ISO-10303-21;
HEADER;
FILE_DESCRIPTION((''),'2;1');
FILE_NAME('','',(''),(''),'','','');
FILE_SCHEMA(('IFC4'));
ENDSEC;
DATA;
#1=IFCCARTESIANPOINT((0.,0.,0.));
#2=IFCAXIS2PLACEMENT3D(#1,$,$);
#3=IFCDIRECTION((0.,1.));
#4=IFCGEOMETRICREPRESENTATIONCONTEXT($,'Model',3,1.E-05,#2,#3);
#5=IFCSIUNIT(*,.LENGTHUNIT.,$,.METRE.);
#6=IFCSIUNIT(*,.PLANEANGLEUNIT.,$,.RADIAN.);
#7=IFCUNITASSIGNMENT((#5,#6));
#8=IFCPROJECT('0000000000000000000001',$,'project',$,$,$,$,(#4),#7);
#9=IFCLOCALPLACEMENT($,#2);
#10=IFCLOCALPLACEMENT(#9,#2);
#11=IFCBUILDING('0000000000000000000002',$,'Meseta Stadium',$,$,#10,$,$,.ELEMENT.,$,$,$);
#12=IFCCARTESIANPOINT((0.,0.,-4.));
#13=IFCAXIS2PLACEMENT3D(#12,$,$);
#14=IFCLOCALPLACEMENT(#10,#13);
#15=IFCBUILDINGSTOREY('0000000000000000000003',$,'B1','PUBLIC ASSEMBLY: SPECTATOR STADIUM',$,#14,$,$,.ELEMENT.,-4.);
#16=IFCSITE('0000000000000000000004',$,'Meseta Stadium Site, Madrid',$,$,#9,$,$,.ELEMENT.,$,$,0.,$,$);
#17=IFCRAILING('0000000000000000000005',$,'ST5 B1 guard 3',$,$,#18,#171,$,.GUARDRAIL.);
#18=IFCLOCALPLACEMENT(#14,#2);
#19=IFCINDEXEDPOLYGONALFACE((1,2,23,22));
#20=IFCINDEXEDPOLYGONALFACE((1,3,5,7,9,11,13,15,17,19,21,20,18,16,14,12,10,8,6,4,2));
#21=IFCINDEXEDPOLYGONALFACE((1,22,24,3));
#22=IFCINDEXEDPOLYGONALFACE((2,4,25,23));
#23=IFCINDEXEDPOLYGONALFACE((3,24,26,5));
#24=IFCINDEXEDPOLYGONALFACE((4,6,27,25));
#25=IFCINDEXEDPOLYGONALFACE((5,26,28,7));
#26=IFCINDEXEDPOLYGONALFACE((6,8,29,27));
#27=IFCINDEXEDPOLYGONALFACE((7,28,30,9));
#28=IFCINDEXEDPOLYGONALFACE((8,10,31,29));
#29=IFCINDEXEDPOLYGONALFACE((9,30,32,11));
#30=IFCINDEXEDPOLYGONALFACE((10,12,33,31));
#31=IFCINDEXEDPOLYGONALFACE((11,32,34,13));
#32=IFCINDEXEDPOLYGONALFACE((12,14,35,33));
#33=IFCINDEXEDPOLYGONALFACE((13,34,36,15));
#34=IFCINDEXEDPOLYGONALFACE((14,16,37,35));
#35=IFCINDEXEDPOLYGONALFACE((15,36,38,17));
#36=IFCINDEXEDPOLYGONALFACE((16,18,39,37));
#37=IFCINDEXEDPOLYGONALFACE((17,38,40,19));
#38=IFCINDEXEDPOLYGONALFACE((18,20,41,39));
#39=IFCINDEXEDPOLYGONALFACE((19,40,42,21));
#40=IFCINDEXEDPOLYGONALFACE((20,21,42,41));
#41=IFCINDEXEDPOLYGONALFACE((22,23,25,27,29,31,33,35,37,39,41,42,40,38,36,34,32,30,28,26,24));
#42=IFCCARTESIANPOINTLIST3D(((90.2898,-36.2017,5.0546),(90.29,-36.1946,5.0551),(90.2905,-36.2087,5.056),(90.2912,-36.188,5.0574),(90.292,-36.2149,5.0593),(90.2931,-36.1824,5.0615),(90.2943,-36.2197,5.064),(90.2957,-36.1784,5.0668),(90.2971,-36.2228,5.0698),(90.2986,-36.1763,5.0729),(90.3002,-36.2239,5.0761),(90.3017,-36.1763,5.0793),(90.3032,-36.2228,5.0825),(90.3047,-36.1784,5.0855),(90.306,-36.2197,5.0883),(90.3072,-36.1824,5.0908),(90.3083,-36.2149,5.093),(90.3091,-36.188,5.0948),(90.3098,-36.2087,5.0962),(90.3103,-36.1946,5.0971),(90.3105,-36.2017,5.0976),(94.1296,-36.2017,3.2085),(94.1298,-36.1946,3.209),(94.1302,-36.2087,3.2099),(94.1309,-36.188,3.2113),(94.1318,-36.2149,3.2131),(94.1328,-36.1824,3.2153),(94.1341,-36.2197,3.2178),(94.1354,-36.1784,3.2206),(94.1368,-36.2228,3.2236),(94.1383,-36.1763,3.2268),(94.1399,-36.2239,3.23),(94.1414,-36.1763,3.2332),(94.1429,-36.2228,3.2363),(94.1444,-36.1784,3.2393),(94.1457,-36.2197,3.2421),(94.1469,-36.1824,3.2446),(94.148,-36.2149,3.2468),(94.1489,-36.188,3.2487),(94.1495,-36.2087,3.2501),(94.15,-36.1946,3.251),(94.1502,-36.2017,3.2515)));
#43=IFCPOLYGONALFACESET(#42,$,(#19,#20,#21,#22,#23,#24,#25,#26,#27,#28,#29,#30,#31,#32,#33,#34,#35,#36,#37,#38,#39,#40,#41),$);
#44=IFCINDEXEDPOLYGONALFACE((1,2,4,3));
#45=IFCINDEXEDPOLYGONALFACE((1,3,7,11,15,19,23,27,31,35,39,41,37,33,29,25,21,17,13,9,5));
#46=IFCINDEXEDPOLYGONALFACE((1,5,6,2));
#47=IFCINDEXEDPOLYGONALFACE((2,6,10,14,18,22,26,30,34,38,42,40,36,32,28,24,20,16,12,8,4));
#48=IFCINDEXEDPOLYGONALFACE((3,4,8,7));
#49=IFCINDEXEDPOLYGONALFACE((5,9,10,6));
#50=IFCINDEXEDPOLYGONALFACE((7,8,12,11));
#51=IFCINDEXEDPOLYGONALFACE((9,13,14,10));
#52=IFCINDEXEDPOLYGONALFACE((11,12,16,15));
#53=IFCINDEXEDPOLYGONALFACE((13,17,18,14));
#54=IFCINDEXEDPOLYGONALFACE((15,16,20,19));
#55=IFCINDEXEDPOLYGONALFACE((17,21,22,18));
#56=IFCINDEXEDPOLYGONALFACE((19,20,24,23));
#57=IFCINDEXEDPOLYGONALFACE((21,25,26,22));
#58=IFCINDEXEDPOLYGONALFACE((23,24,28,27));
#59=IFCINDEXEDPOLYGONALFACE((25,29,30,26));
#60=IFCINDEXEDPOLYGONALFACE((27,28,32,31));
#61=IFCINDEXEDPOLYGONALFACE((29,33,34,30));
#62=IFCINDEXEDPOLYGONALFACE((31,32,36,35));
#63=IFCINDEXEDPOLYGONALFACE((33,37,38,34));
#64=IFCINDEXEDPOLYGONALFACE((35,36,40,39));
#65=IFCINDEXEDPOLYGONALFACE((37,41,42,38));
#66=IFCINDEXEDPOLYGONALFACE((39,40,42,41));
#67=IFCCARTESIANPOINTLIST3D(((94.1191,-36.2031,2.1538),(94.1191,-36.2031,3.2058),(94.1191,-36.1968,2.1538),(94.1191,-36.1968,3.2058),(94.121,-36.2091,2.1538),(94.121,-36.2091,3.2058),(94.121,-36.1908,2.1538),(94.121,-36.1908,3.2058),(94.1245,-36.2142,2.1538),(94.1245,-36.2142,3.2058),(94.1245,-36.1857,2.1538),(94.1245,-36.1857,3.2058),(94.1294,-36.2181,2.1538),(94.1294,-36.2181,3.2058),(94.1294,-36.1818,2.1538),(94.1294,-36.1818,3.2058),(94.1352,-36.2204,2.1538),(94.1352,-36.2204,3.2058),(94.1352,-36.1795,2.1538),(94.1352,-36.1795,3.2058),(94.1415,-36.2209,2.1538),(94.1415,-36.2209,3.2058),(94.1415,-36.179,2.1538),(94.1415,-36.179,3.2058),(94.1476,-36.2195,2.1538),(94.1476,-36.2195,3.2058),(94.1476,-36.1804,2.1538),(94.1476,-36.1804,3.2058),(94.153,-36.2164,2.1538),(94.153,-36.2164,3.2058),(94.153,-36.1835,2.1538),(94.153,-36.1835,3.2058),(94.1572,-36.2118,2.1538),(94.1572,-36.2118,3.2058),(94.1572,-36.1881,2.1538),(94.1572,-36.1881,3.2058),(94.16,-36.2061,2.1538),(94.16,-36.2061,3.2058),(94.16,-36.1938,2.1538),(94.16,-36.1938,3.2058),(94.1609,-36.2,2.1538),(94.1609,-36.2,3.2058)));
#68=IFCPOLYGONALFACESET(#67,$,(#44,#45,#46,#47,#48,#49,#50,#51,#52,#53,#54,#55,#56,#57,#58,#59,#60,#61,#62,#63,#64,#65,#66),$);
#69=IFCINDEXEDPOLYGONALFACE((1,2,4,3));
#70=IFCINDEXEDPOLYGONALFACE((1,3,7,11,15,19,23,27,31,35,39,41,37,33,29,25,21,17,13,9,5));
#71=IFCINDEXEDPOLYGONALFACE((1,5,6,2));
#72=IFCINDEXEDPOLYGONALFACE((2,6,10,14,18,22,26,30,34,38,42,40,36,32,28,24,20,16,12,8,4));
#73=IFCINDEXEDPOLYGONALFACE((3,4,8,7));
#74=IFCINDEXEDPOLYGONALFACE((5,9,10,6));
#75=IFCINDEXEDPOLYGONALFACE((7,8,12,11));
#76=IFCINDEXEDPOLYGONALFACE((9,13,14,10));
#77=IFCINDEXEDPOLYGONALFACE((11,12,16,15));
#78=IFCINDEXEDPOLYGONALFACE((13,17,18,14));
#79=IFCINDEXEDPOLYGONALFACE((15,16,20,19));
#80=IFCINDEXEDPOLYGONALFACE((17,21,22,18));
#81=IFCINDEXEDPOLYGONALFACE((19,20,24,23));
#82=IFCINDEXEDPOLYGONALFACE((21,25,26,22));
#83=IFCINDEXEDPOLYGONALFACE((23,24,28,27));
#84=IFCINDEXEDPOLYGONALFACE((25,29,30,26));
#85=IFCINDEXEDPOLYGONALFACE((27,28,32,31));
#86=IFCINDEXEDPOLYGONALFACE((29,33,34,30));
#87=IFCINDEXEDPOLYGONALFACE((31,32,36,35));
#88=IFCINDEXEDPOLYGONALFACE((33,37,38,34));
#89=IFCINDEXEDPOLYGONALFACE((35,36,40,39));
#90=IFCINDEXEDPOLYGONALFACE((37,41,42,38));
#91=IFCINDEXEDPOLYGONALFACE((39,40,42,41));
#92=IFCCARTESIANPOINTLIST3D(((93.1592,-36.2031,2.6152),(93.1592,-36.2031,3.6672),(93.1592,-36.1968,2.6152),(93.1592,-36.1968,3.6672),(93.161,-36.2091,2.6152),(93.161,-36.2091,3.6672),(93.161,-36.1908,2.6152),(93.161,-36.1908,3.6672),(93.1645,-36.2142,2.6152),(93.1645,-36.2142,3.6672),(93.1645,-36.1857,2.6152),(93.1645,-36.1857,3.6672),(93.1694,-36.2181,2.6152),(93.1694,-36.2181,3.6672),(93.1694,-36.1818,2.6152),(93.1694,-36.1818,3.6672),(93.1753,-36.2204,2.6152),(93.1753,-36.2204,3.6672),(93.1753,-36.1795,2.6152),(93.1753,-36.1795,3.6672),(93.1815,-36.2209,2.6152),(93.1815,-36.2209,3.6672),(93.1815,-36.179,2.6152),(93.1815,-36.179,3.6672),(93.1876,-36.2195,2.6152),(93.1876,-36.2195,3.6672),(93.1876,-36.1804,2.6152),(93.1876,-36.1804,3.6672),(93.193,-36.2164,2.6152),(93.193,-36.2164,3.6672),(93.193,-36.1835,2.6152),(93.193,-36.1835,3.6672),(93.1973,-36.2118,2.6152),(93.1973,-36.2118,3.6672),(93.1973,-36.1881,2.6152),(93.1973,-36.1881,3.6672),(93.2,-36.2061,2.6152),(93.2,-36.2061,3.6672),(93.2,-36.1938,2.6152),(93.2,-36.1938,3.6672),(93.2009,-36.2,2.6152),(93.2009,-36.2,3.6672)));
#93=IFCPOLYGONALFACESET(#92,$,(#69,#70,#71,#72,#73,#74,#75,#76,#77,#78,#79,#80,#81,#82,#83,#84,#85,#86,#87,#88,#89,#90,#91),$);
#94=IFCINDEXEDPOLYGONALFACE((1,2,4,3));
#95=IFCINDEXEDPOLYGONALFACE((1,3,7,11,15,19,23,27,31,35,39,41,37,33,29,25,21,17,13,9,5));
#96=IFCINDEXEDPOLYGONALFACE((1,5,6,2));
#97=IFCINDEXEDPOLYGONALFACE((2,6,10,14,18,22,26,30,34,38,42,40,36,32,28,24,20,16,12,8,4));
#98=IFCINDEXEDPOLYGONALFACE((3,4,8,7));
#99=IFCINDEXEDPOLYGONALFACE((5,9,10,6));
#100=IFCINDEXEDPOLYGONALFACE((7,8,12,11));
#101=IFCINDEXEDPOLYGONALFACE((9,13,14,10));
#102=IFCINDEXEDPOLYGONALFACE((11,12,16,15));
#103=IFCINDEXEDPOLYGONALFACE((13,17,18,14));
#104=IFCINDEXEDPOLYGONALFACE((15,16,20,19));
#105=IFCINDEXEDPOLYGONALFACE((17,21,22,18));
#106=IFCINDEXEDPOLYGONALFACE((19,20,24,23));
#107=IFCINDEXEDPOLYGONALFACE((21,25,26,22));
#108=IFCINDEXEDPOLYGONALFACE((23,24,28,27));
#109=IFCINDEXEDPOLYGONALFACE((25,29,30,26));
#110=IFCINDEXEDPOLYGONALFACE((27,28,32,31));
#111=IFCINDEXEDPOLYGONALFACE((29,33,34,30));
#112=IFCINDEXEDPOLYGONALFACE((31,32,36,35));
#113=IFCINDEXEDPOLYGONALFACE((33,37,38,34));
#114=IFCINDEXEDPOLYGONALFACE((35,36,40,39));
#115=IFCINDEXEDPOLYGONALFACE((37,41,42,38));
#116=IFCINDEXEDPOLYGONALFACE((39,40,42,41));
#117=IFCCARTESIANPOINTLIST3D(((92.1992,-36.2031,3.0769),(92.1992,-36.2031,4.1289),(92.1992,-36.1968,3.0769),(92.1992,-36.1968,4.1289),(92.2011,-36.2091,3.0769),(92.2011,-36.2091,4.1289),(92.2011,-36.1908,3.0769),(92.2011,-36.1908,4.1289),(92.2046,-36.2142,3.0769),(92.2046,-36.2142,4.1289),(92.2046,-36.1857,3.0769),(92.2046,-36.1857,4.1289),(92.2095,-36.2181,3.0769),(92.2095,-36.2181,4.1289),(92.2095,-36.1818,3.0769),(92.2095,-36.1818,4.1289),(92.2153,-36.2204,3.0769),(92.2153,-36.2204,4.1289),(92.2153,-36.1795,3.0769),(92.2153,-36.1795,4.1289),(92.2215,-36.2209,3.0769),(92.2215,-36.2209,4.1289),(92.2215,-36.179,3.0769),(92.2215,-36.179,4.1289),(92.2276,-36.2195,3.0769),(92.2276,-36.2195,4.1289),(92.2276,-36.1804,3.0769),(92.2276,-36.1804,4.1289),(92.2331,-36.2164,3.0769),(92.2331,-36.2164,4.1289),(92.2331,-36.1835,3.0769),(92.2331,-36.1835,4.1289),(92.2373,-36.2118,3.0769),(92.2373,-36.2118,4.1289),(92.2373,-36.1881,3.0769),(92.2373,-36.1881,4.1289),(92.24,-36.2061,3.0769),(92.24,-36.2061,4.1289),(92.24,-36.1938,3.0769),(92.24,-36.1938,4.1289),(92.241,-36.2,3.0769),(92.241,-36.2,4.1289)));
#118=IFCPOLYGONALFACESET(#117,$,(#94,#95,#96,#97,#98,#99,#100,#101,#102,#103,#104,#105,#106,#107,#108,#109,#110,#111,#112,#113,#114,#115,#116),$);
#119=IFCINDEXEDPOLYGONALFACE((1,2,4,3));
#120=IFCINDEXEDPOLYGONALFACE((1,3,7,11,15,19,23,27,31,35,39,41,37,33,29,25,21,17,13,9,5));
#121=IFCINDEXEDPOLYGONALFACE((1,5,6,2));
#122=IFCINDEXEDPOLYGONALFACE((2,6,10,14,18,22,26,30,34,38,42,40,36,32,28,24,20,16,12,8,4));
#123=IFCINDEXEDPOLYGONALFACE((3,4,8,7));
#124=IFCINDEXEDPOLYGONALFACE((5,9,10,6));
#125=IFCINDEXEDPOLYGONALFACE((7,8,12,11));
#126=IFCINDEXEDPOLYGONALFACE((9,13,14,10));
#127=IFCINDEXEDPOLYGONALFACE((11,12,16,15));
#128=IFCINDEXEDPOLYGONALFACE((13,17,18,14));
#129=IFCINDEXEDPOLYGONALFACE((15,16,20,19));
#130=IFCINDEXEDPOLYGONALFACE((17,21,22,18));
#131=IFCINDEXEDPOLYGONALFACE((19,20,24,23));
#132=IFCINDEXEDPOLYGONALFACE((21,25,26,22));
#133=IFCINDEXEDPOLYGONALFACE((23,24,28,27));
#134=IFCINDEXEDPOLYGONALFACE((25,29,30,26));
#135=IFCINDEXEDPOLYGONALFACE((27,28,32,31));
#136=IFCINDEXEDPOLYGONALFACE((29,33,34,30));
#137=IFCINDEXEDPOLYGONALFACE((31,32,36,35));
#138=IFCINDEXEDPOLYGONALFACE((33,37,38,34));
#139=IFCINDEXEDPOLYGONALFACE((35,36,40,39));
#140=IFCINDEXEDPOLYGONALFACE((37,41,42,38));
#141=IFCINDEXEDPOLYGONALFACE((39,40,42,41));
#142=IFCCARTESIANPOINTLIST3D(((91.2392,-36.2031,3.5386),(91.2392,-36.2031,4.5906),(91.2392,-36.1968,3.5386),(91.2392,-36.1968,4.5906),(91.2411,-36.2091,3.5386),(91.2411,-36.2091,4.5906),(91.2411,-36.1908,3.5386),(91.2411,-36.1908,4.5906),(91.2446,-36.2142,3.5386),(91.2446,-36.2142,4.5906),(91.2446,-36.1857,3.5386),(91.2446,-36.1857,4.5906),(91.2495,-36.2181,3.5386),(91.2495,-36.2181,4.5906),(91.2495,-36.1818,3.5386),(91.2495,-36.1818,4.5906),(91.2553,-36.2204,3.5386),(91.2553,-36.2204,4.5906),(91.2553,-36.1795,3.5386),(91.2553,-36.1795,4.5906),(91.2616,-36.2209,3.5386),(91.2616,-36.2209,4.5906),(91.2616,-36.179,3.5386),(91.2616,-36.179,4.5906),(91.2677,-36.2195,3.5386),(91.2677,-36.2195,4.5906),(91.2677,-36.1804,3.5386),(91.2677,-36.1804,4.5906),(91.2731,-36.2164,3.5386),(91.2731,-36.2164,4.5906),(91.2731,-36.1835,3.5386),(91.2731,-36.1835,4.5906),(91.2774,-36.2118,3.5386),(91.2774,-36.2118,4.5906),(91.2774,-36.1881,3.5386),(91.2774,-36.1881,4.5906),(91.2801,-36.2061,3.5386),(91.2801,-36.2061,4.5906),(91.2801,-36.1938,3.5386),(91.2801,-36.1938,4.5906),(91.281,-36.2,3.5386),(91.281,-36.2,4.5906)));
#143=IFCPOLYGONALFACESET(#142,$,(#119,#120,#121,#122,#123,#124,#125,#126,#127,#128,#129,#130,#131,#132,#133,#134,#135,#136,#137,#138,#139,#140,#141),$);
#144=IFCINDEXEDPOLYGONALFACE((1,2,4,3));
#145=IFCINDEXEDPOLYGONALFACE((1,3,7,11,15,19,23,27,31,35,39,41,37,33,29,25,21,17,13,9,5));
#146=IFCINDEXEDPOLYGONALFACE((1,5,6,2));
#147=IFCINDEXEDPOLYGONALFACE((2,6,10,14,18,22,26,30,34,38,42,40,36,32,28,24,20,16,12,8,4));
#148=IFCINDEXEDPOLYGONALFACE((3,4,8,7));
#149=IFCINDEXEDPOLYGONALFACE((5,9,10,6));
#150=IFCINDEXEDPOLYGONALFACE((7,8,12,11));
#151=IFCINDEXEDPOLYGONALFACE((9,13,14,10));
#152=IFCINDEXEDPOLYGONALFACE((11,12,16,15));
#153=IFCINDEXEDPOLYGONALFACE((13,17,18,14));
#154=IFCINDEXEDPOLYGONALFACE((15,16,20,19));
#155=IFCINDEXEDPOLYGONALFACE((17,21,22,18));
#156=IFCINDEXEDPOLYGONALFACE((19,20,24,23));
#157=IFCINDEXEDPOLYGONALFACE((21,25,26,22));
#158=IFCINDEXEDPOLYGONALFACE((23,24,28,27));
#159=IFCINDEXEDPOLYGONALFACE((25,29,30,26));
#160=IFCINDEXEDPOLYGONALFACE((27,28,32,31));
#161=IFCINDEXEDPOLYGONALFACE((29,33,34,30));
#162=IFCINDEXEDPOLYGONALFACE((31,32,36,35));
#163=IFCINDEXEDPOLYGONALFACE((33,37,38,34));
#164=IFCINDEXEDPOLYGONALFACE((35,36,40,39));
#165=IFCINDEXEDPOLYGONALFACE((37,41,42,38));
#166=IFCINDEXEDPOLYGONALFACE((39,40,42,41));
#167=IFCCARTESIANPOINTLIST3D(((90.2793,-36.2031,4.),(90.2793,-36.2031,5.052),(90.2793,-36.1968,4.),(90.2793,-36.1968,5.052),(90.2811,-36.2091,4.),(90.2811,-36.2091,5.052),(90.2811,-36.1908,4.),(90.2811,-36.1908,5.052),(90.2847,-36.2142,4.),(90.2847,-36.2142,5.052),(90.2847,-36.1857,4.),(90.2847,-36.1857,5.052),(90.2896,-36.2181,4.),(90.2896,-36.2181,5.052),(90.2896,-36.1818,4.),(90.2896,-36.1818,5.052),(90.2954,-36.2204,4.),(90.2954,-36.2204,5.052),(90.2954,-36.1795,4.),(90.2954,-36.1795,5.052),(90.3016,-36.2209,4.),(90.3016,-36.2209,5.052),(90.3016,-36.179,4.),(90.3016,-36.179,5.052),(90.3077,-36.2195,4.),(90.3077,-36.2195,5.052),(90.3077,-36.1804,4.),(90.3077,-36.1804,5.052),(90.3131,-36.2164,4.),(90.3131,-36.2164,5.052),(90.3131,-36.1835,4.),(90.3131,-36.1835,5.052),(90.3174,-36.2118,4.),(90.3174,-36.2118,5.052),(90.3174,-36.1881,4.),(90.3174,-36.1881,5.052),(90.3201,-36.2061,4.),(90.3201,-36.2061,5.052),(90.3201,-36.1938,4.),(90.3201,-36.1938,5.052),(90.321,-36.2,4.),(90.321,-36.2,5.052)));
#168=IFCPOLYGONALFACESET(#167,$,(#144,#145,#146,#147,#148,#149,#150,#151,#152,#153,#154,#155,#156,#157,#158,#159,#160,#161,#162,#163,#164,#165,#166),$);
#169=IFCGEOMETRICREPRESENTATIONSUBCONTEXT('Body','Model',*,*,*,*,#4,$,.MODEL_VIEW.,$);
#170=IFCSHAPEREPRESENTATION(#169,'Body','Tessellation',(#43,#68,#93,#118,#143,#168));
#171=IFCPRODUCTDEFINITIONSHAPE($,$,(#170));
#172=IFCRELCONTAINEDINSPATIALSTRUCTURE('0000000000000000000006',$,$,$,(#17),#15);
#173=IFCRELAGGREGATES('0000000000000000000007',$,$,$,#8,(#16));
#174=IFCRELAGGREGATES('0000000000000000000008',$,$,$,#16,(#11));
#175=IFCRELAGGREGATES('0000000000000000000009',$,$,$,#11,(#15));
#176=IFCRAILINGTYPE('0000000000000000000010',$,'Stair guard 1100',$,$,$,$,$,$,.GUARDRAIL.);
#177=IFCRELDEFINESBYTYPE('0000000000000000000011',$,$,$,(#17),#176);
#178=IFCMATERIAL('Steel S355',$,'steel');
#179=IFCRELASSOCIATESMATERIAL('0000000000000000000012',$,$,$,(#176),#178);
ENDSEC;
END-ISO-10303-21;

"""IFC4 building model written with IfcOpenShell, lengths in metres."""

from ifc_helpers import new_model, si_unit, direction, frame, origin, origin_2d, place, context, subcontext, project, spatial, circle, extrude, material, type_object, element, save


model = new_model("IFC4")

# Units and contexts
model_context = context("Model", 3, precision=1e-05, world=origin(), true_north=direction((0.0, 1.0)))
body_context = subcontext(model_context, "Body", "Model", "MODEL_VIEW")
ifc_project = project(units=[si_unit("LENGTHUNIT", "METRE"), si_unit("PLANEANGLEUNIT", "RADIAN")], contexts=[model_context])

# Site, building, storey
site_placement = place(None, origin())
site = spatial("IfcSite", under=ifc_project, at=site_placement, Name="Meseta Stadium Site, Madrid", CompositionType="ELEMENT", RefElevation=0.0)
building_placement = place(site_placement, origin())
building = spatial("IfcBuilding", under=site, at=building_placement, Name="Meseta Stadium", CompositionType="ELEMENT")
storey_placement = place(building_placement, frame((0.0, 0.0, -4.0)))
storey = spatial("IfcBuildingStorey", under=building, at=storey_placement, Name="B1", Description="PUBLIC ASSEMBLY: SPECTATOR STADIUM", CompositionType="ELEMENT", Elevation=-4.0)

# Railing
ifc_material_1 = material(Name="Steel S355", Category="steel")
railing_type_1 = type_object("IfcRailingType", Name="Stair guard 1100", PredefinedType="GUARDRAIL", material=ifc_material_1)
railing_1_placement = place(storey_placement, frame((94.1399, -36.2, 2.1538)))
element("IfcRailing", 1, at=railing_1_placement, inside=storey, type_object=railing_type_1, Name="ST5 B1 guard 3", PredefinedType="GUARDRAIL", context=body_context, shape_type="SweptSolid", body=[
    extrude(circle(Radius=0.0239, at=origin_2d()), frame((0.0, 0.0, 1.0762), z_axis=(-0.901242, 0.0, 0.433316), x_axis=(0.0, -1.0, 0.0)), (0.0, 0.0, 1.0), 4.2605),
    extrude(circle(Radius=0.021, at=origin_2d()), origin(), (0.0, 0.0, 1.0), 1.052),
    extrude(circle(Radius=0.021, at=origin_2d()), frame((-0.96, 0.0, 0.4614)), (0.0, 0.0, 1.0), 1.052),
    extrude(circle(Radius=0.021, at=origin_2d()), frame((-1.9199, 0.0, 0.9231)), (0.0, 0.0, 1.0), 1.052),
    extrude(circle(Radius=0.021, at=origin_2d()), frame((-2.8799, 0.0, 1.3848)), (0.0, 0.0, 1.0), 1.052),
    extrude(circle(Radius=0.021, at=origin_2d()), frame((-3.8398, 0.0, 1.8462)), (0.0, 0.0, 1.0), 1.052),
])

save(model, "model.ifc")
